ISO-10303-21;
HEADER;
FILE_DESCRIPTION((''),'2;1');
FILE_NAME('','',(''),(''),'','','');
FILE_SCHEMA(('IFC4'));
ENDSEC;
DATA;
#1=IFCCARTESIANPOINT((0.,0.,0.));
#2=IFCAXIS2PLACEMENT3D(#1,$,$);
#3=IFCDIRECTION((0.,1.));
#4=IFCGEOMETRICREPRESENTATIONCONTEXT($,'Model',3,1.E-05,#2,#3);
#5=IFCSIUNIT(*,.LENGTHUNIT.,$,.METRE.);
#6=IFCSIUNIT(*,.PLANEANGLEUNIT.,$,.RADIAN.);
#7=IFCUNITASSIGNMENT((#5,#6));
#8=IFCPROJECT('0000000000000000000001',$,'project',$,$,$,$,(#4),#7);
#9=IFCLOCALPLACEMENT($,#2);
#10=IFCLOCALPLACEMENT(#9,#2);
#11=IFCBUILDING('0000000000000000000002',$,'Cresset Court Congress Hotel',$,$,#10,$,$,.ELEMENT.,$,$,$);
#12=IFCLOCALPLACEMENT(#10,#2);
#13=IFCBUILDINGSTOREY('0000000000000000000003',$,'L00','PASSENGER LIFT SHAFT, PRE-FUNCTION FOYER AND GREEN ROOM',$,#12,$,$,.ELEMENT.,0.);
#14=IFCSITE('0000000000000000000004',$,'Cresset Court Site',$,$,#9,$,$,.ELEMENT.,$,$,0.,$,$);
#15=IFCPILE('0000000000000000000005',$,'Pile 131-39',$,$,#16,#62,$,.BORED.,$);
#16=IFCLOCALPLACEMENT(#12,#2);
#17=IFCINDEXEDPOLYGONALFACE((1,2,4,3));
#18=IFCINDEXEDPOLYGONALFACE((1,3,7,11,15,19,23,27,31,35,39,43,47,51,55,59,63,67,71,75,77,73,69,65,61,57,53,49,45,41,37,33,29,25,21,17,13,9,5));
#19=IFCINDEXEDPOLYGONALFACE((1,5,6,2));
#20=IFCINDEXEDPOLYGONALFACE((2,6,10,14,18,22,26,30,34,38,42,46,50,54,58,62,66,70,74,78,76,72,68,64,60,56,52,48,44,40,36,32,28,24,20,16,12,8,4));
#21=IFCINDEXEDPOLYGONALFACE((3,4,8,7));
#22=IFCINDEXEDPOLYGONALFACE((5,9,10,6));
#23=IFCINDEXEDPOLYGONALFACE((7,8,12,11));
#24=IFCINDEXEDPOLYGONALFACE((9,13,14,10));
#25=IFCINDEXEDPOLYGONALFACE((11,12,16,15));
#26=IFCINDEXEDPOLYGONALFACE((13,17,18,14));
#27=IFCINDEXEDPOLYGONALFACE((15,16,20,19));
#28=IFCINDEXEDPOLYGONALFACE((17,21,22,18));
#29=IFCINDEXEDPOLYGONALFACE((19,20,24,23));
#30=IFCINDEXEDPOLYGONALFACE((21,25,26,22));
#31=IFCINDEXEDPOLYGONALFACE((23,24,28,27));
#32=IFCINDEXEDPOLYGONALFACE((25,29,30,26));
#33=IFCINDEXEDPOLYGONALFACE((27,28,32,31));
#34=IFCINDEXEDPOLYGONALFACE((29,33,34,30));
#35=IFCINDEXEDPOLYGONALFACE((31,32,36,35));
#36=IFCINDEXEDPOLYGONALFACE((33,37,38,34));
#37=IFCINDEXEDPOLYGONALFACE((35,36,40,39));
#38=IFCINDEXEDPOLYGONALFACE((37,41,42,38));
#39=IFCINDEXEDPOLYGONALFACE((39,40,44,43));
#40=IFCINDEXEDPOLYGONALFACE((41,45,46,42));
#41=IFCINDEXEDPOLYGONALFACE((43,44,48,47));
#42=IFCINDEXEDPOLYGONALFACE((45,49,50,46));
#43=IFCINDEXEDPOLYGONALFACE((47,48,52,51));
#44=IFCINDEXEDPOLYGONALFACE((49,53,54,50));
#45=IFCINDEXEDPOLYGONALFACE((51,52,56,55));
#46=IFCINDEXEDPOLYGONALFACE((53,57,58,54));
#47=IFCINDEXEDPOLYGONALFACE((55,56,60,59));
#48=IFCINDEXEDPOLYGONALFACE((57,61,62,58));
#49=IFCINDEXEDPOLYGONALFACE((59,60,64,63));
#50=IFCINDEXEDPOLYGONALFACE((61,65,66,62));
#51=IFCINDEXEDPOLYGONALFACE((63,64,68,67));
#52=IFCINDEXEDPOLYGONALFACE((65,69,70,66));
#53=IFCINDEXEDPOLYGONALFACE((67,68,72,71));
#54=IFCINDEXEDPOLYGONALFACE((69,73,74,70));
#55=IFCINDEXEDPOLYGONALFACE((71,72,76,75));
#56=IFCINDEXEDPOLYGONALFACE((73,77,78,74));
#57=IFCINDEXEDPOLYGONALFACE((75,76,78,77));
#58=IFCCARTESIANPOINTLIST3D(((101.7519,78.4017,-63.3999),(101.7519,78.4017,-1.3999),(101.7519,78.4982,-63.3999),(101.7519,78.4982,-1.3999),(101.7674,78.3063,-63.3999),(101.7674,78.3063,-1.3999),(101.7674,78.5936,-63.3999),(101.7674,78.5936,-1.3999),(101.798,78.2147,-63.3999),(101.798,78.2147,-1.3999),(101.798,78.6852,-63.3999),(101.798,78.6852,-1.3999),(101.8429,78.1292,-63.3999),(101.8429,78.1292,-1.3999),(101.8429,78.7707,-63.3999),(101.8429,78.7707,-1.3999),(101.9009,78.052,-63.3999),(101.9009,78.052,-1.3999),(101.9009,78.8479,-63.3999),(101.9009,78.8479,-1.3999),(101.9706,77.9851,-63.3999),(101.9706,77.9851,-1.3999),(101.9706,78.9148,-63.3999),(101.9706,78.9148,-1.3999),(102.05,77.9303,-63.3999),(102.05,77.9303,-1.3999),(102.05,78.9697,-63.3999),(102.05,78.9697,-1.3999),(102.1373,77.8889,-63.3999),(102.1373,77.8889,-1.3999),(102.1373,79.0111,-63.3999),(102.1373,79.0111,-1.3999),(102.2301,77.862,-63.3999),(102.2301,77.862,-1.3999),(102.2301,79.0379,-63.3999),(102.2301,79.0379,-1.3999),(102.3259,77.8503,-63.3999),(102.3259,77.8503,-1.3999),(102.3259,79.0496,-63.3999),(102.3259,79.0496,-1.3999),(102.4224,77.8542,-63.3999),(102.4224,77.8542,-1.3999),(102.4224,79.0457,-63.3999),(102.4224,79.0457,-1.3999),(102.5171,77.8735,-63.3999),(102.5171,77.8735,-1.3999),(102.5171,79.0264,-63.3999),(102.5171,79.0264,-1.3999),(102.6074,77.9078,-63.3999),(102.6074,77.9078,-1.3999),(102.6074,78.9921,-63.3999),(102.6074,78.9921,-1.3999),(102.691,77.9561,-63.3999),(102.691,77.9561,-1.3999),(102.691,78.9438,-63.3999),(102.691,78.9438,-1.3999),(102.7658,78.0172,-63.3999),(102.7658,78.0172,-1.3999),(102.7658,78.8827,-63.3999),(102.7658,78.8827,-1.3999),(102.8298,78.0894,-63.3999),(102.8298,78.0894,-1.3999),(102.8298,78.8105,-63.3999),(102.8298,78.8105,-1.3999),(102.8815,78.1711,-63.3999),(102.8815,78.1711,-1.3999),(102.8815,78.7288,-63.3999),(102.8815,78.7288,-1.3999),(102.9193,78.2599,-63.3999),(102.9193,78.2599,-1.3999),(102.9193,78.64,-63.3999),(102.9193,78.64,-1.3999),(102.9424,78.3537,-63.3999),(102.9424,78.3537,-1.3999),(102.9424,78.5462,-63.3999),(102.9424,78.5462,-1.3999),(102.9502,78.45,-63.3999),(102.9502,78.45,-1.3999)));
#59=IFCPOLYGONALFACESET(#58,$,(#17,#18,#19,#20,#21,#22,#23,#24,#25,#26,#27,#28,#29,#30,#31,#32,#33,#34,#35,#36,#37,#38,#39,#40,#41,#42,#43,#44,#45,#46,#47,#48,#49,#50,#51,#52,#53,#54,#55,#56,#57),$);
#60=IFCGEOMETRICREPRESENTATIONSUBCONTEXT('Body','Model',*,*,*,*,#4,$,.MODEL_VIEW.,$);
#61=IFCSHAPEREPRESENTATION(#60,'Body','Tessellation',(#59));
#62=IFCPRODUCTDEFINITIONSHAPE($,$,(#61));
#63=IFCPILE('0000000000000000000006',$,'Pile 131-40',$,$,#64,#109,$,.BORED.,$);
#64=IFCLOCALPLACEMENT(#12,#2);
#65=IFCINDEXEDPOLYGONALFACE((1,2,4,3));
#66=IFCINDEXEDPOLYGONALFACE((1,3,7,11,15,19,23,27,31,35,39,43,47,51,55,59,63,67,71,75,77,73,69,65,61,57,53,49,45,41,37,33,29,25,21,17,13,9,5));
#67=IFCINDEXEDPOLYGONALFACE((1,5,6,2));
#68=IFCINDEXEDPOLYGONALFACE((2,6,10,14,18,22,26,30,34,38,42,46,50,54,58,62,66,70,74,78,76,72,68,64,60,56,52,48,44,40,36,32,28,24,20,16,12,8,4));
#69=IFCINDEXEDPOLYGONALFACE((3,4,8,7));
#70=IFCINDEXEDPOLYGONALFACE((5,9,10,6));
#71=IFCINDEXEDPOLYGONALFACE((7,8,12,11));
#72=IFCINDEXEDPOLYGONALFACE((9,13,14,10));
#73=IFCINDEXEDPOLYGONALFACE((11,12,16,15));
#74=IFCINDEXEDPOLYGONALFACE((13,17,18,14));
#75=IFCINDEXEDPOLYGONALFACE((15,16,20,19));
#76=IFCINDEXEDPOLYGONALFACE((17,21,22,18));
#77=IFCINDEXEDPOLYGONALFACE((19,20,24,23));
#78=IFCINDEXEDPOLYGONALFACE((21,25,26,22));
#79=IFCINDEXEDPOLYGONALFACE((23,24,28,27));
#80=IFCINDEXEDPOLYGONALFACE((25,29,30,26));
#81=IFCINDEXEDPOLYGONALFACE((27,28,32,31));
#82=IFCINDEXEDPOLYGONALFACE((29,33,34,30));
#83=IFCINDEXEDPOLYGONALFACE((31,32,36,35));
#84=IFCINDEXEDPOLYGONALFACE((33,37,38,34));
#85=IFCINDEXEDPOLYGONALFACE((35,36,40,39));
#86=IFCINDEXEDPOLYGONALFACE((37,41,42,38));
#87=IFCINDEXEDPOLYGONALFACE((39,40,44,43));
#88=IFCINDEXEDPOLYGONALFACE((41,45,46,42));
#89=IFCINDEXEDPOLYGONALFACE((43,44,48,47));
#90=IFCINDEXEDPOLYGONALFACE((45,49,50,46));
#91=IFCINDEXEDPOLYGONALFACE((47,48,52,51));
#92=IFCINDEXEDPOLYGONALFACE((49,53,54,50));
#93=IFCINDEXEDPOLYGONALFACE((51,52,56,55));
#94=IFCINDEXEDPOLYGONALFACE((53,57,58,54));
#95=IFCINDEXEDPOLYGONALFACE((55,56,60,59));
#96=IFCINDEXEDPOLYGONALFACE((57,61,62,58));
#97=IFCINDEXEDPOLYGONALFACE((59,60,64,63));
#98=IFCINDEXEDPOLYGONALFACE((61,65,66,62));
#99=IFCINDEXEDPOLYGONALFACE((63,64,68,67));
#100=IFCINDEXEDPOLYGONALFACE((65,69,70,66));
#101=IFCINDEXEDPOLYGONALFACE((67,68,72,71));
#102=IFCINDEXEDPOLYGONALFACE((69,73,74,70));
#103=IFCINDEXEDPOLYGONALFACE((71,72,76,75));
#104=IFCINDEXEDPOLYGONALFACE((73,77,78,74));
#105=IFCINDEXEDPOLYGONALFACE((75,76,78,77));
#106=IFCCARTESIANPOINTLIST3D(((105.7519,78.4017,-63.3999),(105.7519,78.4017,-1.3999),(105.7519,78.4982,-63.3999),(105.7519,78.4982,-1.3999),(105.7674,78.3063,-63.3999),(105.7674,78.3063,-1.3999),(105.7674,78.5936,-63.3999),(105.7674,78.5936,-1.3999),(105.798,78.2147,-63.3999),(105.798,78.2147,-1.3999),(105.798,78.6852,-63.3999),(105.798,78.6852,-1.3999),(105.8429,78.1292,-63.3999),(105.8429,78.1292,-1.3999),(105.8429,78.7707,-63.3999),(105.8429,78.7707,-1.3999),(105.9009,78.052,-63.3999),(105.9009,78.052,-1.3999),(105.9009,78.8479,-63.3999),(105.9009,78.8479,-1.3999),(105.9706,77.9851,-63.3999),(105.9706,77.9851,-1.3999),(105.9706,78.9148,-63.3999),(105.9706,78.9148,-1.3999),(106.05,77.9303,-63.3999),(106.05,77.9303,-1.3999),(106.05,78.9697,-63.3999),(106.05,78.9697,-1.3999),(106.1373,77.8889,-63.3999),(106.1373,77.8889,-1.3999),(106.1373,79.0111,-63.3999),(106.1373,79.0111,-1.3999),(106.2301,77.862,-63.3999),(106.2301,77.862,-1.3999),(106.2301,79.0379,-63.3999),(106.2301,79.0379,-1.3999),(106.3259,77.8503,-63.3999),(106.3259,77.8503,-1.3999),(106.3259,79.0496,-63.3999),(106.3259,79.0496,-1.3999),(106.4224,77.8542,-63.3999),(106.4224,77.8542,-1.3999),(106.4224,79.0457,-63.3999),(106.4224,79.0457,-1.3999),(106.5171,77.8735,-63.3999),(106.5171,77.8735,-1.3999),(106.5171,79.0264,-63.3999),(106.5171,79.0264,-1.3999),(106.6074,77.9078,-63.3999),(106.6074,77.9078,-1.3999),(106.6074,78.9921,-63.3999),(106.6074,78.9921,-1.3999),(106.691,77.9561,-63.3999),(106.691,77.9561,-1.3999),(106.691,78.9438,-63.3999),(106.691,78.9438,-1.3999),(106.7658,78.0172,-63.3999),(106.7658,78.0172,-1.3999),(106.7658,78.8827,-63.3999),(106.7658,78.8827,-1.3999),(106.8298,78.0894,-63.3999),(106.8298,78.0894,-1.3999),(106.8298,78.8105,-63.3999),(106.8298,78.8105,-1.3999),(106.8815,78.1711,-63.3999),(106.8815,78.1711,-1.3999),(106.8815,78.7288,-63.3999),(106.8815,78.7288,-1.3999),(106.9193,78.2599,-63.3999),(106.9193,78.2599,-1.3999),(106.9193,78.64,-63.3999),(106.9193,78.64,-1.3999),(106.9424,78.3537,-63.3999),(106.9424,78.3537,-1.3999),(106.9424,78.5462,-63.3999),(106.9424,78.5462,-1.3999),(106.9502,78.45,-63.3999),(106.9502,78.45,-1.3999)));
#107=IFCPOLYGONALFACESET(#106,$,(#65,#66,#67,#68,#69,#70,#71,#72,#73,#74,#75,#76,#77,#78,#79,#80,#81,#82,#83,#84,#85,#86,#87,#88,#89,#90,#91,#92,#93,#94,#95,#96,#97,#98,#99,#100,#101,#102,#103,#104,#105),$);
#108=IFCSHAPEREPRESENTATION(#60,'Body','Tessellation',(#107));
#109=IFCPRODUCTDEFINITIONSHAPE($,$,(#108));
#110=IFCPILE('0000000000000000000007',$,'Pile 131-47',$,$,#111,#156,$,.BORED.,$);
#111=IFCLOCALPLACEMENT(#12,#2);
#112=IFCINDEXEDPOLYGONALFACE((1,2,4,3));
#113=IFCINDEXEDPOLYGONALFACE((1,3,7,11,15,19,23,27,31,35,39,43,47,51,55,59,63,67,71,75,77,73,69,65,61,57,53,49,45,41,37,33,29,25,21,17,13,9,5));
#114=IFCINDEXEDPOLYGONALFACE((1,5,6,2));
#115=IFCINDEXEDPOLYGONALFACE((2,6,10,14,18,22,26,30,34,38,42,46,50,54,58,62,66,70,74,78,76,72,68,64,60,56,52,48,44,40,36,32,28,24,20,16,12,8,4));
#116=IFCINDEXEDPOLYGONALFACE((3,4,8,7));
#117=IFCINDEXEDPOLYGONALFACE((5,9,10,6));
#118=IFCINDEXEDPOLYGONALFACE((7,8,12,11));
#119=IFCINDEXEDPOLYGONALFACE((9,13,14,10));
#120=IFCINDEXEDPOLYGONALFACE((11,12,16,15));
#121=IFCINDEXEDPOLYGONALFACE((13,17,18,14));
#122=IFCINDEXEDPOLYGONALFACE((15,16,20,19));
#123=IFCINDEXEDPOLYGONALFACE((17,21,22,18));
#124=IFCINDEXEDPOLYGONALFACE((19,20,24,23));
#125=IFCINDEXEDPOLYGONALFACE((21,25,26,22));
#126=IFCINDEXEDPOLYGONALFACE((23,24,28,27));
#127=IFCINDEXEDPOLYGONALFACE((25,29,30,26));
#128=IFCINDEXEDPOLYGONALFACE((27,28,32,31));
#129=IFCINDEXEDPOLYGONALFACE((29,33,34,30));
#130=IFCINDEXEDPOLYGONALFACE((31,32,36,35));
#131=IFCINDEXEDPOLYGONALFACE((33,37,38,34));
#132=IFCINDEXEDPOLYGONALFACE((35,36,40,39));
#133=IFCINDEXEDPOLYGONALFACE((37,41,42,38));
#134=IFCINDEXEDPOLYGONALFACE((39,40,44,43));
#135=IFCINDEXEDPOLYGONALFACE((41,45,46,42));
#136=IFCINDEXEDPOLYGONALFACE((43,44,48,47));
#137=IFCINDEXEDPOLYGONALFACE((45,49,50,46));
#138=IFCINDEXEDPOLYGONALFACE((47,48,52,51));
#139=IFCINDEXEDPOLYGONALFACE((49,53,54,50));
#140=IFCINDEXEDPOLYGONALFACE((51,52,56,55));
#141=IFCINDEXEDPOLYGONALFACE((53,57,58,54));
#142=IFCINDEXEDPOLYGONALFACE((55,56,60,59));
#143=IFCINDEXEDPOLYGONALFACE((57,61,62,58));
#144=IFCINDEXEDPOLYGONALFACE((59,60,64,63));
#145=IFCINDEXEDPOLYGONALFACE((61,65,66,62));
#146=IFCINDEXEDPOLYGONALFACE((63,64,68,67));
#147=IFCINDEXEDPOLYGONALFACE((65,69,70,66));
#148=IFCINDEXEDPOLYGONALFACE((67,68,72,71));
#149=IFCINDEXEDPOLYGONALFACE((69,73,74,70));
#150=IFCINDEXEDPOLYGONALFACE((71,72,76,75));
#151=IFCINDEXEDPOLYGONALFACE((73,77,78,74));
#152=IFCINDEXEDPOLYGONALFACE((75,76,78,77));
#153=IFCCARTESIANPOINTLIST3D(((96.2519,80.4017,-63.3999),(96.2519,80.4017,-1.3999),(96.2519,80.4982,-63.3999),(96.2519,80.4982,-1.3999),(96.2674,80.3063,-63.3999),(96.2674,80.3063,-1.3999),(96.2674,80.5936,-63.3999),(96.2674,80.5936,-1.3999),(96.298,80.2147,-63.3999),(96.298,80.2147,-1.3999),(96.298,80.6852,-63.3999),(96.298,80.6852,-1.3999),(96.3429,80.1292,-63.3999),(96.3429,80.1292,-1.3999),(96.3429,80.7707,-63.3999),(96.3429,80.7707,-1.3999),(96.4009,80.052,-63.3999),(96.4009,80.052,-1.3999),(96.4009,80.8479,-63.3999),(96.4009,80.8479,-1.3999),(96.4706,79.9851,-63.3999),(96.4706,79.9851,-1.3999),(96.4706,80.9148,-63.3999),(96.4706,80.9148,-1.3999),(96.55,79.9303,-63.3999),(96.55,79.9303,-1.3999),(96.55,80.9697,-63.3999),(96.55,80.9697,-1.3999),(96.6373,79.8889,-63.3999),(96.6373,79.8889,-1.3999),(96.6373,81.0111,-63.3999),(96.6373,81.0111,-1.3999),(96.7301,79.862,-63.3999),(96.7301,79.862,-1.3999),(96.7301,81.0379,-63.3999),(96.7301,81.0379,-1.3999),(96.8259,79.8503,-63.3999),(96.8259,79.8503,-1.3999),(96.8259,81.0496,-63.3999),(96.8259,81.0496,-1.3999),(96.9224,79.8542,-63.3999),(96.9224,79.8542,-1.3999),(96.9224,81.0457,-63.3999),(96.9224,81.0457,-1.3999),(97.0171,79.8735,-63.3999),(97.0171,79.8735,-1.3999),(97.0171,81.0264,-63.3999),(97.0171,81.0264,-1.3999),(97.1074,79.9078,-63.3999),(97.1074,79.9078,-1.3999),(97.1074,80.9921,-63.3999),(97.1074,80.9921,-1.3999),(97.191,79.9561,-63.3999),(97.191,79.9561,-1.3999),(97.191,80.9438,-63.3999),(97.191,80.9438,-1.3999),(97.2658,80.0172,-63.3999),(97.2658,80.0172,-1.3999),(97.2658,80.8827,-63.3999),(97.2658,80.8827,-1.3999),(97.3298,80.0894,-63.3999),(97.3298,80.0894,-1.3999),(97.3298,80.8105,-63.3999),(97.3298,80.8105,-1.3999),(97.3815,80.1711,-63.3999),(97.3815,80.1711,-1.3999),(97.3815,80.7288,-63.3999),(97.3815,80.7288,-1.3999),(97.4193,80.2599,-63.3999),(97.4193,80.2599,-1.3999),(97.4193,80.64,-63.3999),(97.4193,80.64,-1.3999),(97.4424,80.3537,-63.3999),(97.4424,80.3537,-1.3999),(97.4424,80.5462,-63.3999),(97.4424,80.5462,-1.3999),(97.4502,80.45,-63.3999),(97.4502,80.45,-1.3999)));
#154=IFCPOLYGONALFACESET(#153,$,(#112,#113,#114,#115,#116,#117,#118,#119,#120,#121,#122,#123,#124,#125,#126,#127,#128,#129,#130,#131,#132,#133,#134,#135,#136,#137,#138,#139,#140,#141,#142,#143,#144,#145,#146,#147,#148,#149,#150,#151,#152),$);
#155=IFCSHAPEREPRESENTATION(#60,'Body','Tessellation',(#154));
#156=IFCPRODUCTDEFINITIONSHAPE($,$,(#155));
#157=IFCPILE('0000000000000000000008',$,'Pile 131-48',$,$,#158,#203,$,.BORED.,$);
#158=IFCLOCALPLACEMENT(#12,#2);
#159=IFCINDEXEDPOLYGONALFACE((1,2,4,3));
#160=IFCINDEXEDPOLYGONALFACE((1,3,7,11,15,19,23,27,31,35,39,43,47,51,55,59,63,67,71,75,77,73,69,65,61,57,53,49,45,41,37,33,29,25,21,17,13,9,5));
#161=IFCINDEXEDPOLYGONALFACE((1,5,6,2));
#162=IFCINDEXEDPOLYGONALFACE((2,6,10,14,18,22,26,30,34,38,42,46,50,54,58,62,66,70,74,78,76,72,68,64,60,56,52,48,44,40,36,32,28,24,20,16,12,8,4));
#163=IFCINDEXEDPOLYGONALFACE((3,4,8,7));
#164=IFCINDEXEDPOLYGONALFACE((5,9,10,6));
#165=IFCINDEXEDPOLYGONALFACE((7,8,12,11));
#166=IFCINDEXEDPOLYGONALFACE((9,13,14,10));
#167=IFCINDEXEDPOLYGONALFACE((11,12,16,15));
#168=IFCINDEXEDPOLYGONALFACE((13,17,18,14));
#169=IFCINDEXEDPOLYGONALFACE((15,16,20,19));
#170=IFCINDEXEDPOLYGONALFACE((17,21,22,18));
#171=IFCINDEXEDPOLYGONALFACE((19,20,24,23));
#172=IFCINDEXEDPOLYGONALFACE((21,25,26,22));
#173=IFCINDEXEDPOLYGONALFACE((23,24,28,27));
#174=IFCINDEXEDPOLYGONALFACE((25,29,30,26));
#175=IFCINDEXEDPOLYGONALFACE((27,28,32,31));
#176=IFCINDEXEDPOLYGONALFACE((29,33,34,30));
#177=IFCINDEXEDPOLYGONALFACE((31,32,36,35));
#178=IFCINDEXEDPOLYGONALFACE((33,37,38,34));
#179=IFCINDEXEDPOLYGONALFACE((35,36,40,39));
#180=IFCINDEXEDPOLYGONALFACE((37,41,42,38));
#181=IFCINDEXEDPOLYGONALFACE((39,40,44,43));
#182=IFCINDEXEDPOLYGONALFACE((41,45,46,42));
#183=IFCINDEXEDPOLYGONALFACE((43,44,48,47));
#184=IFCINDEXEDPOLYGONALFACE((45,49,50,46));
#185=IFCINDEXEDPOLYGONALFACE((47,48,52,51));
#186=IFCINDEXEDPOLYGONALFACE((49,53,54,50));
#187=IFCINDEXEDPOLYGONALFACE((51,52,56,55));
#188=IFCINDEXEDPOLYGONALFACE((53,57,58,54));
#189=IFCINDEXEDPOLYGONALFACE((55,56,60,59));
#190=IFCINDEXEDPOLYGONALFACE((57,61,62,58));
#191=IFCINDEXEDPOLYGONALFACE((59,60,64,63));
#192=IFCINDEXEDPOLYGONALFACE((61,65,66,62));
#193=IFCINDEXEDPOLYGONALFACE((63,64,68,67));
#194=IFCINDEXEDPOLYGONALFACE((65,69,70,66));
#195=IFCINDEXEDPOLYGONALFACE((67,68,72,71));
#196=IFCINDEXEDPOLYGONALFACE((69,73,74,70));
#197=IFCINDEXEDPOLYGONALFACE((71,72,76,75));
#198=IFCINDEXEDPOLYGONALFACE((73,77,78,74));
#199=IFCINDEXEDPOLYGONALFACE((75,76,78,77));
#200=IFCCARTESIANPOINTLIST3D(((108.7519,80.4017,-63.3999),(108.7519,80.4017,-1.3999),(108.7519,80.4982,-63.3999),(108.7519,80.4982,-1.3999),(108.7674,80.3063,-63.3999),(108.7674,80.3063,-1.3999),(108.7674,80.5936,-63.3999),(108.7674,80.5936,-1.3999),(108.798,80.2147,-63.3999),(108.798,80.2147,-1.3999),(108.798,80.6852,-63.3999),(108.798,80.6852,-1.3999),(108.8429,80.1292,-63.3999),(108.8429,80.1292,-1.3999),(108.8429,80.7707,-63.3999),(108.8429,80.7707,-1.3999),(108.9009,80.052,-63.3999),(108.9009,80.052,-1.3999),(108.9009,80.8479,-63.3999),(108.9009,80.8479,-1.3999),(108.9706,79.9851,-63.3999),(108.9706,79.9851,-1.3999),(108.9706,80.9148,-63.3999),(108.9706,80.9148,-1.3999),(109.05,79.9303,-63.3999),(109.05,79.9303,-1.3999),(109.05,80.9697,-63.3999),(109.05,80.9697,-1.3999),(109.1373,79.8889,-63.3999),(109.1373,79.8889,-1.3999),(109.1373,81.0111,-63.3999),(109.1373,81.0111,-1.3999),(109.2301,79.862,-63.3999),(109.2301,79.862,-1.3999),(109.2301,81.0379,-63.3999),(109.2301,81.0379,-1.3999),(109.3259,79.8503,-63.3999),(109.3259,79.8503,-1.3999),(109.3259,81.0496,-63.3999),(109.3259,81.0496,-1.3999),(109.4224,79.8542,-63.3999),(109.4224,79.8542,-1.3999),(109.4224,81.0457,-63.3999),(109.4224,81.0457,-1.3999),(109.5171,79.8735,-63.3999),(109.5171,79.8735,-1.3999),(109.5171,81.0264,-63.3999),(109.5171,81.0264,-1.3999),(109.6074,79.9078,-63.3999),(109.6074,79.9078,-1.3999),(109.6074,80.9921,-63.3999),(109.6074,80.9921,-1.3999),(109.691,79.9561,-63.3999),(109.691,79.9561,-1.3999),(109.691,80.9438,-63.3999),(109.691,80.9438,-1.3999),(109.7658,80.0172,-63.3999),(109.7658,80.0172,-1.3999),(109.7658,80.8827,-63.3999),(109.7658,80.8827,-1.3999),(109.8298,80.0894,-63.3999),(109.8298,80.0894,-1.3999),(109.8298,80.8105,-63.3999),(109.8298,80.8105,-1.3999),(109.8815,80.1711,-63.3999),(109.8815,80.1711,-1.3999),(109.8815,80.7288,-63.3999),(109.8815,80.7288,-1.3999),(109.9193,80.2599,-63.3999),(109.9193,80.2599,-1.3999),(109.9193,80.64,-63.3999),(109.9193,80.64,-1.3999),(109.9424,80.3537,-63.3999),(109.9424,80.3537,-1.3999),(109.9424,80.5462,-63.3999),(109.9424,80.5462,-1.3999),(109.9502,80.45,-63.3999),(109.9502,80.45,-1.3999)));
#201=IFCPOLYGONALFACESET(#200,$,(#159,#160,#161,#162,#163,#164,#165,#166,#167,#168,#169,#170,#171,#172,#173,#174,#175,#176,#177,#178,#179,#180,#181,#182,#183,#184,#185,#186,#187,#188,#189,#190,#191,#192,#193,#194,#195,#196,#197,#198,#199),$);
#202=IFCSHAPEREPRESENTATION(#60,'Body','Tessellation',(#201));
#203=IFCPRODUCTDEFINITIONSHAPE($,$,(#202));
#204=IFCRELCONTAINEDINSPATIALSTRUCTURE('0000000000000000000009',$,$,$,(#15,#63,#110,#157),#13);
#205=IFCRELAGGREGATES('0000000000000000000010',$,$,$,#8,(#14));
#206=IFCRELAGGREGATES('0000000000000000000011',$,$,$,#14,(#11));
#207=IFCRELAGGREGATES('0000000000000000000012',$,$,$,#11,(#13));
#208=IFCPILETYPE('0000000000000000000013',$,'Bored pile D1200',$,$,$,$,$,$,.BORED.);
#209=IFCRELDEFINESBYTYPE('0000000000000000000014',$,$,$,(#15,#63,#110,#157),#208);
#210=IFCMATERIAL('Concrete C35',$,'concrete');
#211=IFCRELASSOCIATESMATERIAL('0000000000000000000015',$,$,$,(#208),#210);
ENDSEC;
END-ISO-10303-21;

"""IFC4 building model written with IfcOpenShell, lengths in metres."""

from ifc_helpers import new_model, si_unit, direction, frame, origin, origin_2d, place, context, subcontext, project, spatial, circle, extrude, material, type_object, element, save


model = new_model("IFC4")

# Units and contexts
model_context = context("Model", 3, precision=1e-05, world=origin(), true_north=direction((0.0, 1.0)))
body_context = subcontext(model_context, "Body", "Model", "MODEL_VIEW")
ifc_project = project(units=[si_unit("LENGTHUNIT", "METRE"), si_unit("PLANEANGLEUNIT", "RADIAN")], contexts=[model_context])

# Site, building, storey
site_placement = place(None, origin())
site = spatial("IfcSite", under=ifc_project, at=site_placement, Name="Cresset Court Site", CompositionType="ELEMENT", RefElevation=0.0)
building_placement = place(site_placement, origin())
building = spatial("IfcBuilding", under=site, at=building_placement, Name="Cresset Court Congress Hotel", CompositionType="ELEMENT")
storey_placement = place(building_placement, origin())
storey = spatial("IfcBuildingStorey", under=building, at=storey_placement, Name="L00", Description="PASSENGER LIFT SHAFT, PRE-FUNCTION FOYER AND GREEN ROOM", CompositionType="ELEMENT", Elevation=0.0)

# Piles
ifc_material_1 = material(Name="Concrete C35", Category="concrete")
pile_type = type_object("IfcPileType", Name="Bored pile D1200", PredefinedType="BORED", material=ifc_material_1)
for number, where, z_axis, x_axis, name in (
    (1, (102.3501, 78.45, -1.3999), (0.0, 0.0, -1.0), (1.0, 0.0, 0.0), "Pile 131-39"),
    (2, (106.3501, 78.45, -1.3999), (0.0, 0.0, -1.0), (1.0, 0.0, 0.0), "Pile 131-40"),
    (3, (96.8501, 80.45, -1.3999), (0.0, 0.0, -1.0), (1.0, 0.0, 0.0), "Pile 131-47"),
    (4, (109.3501, 80.45, -1.3999), (0.0, 0.0, -1.0), (1.0, 0.0, 0.0), "Pile 131-48"),
):
    element("IfcPile", number, at=place(storey_placement, frame(where, z_axis=z_axis, x_axis=x_axis)), inside=storey, type_object=pile_type, Name=name, PredefinedType="BORED", context=body_context, shape_type="SweptSolid", body=[
        extrude(circle(Radius=0.6001, at=origin_2d()), origin(), (0.0, 0.0, 1.0), 62.0),
    ])

save(model, "model.ifc")
